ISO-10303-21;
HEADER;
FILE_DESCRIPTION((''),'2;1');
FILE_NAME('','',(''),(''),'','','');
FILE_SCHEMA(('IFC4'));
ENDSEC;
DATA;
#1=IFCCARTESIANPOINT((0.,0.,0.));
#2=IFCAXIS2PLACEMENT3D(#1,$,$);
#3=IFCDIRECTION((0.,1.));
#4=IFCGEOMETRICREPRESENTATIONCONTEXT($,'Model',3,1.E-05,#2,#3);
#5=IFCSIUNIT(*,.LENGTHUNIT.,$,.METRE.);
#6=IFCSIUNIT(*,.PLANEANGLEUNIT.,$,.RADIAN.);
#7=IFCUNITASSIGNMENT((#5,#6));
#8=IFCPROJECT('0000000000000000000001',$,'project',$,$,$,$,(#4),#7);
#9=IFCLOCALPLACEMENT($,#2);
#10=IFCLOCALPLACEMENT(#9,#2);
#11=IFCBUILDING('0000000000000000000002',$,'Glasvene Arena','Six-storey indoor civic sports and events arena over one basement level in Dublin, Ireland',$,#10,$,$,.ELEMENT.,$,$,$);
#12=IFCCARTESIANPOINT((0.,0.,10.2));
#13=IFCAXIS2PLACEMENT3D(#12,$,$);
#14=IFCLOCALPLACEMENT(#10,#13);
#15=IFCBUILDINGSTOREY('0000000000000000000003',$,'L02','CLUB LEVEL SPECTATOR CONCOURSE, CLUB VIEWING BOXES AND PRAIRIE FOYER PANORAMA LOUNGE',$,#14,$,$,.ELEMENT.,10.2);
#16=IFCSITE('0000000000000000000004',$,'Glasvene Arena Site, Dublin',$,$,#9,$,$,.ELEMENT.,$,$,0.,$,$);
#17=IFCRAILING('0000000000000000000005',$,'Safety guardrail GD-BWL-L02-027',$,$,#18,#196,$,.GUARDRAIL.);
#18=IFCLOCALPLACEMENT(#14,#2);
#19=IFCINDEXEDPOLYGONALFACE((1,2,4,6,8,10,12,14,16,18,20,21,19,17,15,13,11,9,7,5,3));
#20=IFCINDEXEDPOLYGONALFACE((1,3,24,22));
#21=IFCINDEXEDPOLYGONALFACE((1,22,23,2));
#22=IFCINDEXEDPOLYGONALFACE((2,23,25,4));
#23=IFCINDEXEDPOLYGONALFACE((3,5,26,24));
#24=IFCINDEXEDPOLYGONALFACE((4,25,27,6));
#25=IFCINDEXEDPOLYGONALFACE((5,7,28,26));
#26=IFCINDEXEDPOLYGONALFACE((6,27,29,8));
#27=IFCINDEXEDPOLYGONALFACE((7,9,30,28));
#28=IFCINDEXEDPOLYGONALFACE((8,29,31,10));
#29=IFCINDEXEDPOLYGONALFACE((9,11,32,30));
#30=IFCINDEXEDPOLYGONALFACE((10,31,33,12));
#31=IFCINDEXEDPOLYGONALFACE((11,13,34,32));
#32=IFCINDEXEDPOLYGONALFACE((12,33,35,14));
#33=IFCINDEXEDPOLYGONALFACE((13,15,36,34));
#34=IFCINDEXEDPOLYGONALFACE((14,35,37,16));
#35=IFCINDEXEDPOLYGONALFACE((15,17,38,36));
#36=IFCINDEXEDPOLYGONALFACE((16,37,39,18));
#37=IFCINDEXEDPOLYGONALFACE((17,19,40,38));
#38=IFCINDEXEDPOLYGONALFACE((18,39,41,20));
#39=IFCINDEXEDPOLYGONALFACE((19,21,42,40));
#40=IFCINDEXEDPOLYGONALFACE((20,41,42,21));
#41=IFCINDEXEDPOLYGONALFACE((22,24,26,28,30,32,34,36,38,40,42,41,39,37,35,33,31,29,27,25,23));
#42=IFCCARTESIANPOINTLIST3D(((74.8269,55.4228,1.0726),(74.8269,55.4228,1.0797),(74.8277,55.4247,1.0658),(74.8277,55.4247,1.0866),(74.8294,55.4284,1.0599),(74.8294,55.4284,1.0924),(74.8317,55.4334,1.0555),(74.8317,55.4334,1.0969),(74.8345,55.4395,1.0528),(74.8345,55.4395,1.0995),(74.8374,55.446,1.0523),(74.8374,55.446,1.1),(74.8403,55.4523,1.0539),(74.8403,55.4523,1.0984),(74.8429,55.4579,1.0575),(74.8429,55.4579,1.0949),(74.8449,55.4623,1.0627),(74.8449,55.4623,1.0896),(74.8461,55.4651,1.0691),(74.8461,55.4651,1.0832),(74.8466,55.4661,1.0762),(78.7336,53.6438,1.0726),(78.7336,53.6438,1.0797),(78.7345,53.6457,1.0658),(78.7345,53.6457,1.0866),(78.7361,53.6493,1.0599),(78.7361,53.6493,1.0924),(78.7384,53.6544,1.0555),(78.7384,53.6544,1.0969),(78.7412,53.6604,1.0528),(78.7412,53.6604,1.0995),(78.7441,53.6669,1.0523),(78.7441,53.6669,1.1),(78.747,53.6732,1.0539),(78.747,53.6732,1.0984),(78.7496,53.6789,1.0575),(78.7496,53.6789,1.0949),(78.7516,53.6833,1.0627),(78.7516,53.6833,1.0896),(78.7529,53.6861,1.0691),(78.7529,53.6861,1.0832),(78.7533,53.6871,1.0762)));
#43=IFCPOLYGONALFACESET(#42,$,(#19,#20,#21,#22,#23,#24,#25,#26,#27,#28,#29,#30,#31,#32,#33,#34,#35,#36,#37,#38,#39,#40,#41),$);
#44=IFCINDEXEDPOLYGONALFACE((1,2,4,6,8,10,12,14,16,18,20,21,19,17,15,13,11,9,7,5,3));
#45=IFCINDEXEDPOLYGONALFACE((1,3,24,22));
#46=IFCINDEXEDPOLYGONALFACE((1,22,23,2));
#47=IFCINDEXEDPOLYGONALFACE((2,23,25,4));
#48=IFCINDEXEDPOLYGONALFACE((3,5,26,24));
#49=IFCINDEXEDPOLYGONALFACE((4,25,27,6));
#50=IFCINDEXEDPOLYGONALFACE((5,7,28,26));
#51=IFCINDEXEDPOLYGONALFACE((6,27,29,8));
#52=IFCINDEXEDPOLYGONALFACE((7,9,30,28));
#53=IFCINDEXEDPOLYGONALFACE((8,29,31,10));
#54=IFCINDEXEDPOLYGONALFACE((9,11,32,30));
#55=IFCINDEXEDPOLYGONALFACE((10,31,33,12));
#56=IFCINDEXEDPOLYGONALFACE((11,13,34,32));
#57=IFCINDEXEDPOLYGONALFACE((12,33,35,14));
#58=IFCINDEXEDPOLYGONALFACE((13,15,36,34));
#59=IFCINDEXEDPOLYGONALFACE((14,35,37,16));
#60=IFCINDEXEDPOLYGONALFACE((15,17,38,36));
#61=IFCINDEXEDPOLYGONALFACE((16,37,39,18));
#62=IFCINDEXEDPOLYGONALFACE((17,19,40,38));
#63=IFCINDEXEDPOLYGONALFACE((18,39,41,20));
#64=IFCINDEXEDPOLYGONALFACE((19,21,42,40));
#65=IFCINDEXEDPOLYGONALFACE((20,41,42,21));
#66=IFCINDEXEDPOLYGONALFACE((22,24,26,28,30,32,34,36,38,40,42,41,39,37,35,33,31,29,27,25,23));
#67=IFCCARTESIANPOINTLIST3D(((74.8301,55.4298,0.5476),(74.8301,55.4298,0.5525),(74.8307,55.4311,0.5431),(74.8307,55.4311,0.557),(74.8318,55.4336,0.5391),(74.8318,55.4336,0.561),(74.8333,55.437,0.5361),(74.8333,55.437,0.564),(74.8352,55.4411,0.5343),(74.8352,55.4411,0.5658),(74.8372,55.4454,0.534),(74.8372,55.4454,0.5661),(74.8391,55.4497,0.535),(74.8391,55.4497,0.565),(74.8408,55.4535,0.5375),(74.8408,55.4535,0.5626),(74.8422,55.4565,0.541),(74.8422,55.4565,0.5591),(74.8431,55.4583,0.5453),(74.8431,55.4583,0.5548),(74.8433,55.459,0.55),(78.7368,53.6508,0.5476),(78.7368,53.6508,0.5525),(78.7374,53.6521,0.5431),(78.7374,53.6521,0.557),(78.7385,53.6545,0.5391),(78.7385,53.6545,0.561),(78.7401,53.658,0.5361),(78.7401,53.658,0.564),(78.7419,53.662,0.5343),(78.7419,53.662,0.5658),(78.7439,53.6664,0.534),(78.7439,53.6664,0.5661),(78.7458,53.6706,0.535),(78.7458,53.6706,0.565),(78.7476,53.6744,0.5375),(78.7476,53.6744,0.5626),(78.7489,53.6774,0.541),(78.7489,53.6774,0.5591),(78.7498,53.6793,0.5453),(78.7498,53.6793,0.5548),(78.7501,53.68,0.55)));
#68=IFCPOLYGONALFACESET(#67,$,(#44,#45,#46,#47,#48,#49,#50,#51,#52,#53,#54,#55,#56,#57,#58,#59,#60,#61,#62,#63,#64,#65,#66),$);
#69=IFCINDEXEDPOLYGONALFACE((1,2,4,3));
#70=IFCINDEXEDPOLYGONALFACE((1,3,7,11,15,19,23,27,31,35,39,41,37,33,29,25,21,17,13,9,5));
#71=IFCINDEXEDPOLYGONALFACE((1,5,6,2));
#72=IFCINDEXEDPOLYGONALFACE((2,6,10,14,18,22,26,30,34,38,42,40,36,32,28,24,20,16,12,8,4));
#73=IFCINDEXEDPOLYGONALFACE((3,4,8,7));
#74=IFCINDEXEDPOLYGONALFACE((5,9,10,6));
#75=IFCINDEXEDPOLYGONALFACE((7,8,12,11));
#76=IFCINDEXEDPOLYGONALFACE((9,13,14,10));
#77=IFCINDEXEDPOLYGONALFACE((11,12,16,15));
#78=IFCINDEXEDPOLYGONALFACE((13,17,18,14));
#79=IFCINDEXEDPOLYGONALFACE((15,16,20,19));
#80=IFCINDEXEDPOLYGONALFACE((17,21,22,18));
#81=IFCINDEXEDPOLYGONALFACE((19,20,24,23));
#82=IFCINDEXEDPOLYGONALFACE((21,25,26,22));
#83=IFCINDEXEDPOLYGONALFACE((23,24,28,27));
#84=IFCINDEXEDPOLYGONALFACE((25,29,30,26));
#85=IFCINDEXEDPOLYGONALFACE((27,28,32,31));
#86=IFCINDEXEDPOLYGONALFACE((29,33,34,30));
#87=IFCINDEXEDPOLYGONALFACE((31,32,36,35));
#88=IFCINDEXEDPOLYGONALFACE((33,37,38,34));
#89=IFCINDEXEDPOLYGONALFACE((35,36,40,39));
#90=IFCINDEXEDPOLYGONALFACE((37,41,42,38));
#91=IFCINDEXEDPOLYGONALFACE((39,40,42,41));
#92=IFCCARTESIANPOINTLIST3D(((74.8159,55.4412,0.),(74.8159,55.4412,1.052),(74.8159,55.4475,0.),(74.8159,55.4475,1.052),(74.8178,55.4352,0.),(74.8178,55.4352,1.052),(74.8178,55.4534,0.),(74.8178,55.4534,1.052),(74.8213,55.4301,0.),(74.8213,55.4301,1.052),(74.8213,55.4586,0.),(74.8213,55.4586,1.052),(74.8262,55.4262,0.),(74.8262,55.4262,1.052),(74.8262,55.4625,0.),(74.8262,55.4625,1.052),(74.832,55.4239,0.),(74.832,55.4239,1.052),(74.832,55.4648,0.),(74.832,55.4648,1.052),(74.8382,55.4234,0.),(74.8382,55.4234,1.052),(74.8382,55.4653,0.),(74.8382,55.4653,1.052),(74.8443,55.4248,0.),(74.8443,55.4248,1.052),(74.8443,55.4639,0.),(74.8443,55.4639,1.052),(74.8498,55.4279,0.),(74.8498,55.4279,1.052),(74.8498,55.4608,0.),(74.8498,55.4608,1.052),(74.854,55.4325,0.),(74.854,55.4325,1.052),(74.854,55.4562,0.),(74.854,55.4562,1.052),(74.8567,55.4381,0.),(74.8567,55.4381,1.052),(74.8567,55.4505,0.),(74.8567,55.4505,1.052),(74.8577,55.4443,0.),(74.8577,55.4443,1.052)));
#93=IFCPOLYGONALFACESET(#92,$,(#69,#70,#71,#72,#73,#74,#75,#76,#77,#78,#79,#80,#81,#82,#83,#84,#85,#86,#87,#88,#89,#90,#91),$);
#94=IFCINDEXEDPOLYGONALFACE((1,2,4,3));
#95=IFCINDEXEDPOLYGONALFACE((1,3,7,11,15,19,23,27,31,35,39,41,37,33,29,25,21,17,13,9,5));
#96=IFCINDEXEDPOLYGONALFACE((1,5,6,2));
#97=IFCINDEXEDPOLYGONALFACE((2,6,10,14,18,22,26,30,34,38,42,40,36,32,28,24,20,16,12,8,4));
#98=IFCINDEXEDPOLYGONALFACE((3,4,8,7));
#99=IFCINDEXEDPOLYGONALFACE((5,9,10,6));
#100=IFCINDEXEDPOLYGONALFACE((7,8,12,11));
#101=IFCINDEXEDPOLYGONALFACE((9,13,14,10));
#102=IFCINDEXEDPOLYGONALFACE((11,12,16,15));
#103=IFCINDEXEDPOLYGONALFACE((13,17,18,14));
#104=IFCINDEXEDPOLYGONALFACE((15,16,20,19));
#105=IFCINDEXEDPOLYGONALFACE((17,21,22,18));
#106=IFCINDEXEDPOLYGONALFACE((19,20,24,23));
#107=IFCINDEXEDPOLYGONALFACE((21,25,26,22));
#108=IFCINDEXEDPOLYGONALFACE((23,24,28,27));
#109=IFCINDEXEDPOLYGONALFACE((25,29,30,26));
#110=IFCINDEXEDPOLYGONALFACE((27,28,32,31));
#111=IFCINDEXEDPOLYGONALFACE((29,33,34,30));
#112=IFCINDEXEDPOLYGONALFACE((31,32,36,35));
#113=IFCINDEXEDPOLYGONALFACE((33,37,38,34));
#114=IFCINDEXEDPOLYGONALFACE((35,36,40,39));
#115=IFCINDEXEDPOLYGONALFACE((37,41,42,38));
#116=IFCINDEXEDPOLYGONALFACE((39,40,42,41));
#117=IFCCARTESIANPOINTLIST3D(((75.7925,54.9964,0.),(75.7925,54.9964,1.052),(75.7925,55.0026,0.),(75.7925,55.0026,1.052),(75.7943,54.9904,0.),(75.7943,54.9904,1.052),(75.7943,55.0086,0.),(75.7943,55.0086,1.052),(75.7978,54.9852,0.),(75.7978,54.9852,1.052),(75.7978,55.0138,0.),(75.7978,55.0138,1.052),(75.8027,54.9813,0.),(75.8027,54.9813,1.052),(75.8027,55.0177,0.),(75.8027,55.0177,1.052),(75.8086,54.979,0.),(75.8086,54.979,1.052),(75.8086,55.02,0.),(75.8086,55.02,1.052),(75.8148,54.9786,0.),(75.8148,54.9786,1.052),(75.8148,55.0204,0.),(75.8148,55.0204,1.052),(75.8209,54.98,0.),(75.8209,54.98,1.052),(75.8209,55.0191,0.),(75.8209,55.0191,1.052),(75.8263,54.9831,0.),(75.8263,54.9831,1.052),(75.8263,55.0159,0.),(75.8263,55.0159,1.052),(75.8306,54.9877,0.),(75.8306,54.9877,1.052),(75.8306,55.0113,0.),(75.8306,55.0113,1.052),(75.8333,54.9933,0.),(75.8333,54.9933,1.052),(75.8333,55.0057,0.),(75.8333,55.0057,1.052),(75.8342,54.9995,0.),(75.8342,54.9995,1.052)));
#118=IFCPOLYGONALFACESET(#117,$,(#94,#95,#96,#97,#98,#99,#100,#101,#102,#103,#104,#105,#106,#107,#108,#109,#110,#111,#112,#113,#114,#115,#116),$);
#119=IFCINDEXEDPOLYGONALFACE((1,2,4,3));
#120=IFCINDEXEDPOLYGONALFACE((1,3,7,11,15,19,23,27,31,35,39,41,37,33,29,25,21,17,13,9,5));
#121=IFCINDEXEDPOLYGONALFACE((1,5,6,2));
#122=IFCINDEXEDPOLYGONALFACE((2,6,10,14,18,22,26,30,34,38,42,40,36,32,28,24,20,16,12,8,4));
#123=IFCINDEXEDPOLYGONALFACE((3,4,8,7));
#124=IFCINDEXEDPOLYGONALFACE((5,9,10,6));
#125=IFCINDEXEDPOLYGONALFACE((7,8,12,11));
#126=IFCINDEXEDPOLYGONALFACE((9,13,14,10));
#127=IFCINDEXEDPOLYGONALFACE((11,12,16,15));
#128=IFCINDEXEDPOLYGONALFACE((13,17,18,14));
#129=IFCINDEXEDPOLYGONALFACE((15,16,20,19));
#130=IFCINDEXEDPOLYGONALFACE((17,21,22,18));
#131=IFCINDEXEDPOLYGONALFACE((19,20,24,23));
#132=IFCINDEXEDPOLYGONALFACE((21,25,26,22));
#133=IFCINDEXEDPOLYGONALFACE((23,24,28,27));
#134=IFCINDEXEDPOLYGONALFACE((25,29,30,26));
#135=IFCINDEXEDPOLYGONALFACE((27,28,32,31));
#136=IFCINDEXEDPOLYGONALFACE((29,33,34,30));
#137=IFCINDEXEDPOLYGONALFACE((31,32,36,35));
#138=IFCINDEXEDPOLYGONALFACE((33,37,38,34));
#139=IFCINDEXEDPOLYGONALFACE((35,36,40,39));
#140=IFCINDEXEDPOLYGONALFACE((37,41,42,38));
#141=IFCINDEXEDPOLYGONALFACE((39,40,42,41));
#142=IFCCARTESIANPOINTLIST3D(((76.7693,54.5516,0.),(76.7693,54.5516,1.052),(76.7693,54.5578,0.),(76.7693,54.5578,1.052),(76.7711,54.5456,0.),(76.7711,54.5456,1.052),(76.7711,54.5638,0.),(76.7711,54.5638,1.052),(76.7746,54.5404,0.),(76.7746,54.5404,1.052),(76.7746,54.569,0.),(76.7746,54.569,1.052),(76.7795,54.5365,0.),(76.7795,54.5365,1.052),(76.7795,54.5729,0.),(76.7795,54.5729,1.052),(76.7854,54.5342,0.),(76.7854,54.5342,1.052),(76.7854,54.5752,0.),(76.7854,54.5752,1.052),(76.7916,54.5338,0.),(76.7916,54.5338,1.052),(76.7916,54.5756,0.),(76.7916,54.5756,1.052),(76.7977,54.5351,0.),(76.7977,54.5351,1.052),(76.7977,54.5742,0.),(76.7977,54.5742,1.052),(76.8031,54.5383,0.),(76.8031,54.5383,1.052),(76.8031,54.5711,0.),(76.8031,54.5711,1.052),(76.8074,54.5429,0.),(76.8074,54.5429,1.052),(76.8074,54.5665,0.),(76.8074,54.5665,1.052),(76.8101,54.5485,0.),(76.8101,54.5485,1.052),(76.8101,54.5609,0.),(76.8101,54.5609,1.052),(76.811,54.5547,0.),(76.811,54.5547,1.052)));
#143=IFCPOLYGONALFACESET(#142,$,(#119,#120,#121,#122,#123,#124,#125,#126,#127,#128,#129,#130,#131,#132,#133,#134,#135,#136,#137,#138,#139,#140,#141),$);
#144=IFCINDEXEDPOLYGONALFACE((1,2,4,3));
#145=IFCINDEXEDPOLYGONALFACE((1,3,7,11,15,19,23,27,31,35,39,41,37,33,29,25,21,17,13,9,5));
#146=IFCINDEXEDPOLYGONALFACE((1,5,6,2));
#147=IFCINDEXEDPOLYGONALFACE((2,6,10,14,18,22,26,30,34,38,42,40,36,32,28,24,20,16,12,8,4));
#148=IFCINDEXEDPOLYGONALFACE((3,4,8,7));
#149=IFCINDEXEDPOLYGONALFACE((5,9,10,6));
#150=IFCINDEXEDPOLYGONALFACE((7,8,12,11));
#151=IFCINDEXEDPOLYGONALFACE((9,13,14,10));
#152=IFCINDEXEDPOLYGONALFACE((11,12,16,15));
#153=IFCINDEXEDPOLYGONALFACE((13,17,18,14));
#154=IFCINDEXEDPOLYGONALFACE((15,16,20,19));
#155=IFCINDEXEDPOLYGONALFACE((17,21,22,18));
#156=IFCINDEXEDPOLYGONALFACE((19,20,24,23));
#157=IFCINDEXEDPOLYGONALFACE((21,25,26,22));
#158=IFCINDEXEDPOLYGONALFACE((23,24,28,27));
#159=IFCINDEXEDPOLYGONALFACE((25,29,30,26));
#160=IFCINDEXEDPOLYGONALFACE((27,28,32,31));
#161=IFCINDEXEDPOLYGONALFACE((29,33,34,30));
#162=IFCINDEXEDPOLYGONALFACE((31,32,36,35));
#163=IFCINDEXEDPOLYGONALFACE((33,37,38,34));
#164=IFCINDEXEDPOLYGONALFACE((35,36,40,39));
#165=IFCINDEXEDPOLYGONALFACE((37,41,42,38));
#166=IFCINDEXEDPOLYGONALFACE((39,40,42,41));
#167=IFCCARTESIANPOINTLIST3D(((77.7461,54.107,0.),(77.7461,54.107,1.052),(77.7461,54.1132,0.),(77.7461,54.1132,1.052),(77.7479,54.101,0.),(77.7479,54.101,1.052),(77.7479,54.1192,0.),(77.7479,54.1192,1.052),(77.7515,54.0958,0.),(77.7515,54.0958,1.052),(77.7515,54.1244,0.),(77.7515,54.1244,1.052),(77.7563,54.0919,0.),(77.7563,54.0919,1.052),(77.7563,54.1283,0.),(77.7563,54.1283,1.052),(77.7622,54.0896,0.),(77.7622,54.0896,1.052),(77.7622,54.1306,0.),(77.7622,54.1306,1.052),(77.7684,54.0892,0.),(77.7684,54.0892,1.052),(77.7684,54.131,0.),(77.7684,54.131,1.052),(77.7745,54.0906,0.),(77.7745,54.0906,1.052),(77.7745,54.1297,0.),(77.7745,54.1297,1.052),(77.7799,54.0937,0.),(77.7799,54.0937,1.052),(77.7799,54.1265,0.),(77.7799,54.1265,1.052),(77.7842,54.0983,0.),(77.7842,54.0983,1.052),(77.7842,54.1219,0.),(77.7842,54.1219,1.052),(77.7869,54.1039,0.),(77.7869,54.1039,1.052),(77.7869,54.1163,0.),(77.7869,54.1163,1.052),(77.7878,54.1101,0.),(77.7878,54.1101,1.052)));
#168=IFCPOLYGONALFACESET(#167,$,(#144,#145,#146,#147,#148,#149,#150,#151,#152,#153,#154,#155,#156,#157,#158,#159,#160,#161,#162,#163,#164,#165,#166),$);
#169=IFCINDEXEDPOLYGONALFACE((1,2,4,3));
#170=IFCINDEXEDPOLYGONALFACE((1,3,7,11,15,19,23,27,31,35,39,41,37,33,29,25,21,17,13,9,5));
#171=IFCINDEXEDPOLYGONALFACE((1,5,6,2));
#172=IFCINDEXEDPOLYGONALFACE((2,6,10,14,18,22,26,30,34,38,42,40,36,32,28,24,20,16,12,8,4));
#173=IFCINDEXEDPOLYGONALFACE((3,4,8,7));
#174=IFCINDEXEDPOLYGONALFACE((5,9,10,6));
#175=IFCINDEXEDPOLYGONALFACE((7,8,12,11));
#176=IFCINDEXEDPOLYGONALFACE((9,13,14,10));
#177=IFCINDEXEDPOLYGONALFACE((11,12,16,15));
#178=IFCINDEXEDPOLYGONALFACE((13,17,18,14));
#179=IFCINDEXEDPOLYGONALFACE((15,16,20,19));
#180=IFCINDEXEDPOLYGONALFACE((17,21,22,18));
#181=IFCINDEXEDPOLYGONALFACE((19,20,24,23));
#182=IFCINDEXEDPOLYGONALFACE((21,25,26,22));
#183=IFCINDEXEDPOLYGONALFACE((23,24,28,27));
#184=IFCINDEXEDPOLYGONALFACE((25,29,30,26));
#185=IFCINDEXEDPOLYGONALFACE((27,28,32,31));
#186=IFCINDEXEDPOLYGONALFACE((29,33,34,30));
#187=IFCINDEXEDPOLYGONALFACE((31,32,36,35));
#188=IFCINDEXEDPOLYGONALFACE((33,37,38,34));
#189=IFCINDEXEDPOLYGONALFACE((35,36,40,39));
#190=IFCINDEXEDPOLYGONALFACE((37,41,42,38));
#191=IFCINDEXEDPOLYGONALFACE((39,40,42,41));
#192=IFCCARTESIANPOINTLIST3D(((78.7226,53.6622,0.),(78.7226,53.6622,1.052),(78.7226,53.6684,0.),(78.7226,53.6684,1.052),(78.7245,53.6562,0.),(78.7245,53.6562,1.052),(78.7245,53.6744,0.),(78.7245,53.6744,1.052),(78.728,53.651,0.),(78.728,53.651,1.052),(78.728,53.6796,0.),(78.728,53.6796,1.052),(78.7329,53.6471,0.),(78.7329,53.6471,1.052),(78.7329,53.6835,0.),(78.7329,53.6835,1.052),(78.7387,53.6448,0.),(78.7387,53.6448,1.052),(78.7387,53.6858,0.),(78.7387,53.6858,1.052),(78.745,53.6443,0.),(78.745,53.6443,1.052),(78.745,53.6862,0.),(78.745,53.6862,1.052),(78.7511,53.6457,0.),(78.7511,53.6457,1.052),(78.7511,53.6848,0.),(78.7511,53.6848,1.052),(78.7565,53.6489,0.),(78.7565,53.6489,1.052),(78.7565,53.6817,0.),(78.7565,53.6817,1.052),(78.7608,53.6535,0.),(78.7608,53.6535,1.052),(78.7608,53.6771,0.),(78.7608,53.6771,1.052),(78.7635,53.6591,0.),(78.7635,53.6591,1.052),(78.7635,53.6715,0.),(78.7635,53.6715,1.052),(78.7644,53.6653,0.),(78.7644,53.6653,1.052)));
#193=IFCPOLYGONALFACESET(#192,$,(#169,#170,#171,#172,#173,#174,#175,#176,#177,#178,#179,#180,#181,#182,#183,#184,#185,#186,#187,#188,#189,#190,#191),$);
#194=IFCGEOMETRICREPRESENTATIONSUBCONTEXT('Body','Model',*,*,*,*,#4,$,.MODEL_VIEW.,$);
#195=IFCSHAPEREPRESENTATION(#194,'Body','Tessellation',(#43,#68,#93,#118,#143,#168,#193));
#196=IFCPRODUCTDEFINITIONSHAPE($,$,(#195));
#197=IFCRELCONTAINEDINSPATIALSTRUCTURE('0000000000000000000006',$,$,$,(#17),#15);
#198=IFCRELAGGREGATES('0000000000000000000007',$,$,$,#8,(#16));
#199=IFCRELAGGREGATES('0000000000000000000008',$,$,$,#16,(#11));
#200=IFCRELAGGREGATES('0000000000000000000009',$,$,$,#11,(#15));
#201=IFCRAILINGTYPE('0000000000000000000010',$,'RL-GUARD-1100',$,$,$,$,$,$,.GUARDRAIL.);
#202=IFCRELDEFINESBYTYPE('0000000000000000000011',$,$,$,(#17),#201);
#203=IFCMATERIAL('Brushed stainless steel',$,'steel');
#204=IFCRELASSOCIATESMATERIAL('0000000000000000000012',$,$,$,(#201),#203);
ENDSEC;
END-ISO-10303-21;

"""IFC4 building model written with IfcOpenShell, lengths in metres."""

from ifc_helpers import new_model, si_unit, direction, frame, origin, origin_2d, place, context, subcontext, project, spatial, circle, extrude, material, type_object, element, save


model = new_model("IFC4")

# Units and contexts
model_context = context("Model", 3, precision=1e-05, world=origin(), true_north=direction((0.0, 1.0)))
body_context = subcontext(model_context, "Body", "Model", "MODEL_VIEW")
ifc_project = project(units=[si_unit("LENGTHUNIT", "METRE"), si_unit("PLANEANGLEUNIT", "RADIAN")], contexts=[model_context])

# Site, building, storey
site_placement = place(None, origin())
site = spatial("IfcSite", under=ifc_project, at=site_placement, Name="Glasvene Arena Site, Dublin", CompositionType="ELEMENT", RefElevation=0.0)
building_placement = place(site_placement, origin())
building = spatial("IfcBuilding", under=site, at=building_placement, Name="Glasvene Arena", Description="Six-storey indoor civic sports and events arena over one basement level in Dublin, Ireland", CompositionType="ELEMENT")
storey_placement = place(building_placement, frame((0.0, 0.0, 10.2)))
storey = spatial("IfcBuildingStorey", under=building, at=storey_placement, Name="L02", Description="CLUB LEVEL SPECTATOR CONCOURSE, CLUB VIEWING BOXES AND PRAIRIE FOYER PANORAMA LOUNGE", CompositionType="ELEMENT", Elevation=10.2)

# Railing
ifc_material_1 = material(Name="Brushed stainless steel", Category="steel")
railing_type = type_object("IfcRailingType", Name="RL-GUARD-1100", PredefinedType="GUARDRAIL", material=ifc_material_1)
railing_placement = place(storey_placement, frame((74.8367, 55.4443, 0.0)))
element("IfcRailing", 1, at=railing_placement, inside=storey, type_object=railing_type, Name="Safety guardrail GD-BWL-L02-027", PredefinedType="GUARDRAIL", context=body_context, shape_type="SweptSolid", body=[
    extrude(circle(Radius=0.0239, at=origin_2d()), frame((0.0, 0.0, 1.0762), z_axis=(0.91008, -0.414433, 0.0), x_axis=(0.414433, 0.91008, 0.0)), (0.0, 0.0, 1.0), 4.2927),
    extrude(circle(Radius=0.0161, at=origin_2d()), frame((0.0, 0.0, 0.55), z_axis=(0.91008, -0.414433, 0.0), x_axis=(0.414433, 0.91008, 0.0)), (0.0, 0.0, 1.0), 4.2927),
    extrude(circle(Radius=0.021, at=origin_2d()), origin(), (0.0, 0.0, 1.0), 1.052),
    extrude(circle(Radius=0.021, at=origin_2d()), frame((0.9766, -0.4448, 0.0)), (0.0, 0.0, 1.0), 1.052),
    extrude(circle(Radius=0.021, at=origin_2d()), frame((1.9534, -0.8896, 0.0)), (0.0, 0.0, 1.0), 1.052),
    extrude(circle(Radius=0.021, at=origin_2d()), frame((2.9302, -1.3342, 0.0)), (0.0, 0.0, 1.0), 1.052),
    extrude(circle(Radius=0.021, at=origin_2d()), frame((3.9067, -1.7791, 0.0)), (0.0, 0.0, 1.0), 1.052),
])

save(model, "model.ifc")
